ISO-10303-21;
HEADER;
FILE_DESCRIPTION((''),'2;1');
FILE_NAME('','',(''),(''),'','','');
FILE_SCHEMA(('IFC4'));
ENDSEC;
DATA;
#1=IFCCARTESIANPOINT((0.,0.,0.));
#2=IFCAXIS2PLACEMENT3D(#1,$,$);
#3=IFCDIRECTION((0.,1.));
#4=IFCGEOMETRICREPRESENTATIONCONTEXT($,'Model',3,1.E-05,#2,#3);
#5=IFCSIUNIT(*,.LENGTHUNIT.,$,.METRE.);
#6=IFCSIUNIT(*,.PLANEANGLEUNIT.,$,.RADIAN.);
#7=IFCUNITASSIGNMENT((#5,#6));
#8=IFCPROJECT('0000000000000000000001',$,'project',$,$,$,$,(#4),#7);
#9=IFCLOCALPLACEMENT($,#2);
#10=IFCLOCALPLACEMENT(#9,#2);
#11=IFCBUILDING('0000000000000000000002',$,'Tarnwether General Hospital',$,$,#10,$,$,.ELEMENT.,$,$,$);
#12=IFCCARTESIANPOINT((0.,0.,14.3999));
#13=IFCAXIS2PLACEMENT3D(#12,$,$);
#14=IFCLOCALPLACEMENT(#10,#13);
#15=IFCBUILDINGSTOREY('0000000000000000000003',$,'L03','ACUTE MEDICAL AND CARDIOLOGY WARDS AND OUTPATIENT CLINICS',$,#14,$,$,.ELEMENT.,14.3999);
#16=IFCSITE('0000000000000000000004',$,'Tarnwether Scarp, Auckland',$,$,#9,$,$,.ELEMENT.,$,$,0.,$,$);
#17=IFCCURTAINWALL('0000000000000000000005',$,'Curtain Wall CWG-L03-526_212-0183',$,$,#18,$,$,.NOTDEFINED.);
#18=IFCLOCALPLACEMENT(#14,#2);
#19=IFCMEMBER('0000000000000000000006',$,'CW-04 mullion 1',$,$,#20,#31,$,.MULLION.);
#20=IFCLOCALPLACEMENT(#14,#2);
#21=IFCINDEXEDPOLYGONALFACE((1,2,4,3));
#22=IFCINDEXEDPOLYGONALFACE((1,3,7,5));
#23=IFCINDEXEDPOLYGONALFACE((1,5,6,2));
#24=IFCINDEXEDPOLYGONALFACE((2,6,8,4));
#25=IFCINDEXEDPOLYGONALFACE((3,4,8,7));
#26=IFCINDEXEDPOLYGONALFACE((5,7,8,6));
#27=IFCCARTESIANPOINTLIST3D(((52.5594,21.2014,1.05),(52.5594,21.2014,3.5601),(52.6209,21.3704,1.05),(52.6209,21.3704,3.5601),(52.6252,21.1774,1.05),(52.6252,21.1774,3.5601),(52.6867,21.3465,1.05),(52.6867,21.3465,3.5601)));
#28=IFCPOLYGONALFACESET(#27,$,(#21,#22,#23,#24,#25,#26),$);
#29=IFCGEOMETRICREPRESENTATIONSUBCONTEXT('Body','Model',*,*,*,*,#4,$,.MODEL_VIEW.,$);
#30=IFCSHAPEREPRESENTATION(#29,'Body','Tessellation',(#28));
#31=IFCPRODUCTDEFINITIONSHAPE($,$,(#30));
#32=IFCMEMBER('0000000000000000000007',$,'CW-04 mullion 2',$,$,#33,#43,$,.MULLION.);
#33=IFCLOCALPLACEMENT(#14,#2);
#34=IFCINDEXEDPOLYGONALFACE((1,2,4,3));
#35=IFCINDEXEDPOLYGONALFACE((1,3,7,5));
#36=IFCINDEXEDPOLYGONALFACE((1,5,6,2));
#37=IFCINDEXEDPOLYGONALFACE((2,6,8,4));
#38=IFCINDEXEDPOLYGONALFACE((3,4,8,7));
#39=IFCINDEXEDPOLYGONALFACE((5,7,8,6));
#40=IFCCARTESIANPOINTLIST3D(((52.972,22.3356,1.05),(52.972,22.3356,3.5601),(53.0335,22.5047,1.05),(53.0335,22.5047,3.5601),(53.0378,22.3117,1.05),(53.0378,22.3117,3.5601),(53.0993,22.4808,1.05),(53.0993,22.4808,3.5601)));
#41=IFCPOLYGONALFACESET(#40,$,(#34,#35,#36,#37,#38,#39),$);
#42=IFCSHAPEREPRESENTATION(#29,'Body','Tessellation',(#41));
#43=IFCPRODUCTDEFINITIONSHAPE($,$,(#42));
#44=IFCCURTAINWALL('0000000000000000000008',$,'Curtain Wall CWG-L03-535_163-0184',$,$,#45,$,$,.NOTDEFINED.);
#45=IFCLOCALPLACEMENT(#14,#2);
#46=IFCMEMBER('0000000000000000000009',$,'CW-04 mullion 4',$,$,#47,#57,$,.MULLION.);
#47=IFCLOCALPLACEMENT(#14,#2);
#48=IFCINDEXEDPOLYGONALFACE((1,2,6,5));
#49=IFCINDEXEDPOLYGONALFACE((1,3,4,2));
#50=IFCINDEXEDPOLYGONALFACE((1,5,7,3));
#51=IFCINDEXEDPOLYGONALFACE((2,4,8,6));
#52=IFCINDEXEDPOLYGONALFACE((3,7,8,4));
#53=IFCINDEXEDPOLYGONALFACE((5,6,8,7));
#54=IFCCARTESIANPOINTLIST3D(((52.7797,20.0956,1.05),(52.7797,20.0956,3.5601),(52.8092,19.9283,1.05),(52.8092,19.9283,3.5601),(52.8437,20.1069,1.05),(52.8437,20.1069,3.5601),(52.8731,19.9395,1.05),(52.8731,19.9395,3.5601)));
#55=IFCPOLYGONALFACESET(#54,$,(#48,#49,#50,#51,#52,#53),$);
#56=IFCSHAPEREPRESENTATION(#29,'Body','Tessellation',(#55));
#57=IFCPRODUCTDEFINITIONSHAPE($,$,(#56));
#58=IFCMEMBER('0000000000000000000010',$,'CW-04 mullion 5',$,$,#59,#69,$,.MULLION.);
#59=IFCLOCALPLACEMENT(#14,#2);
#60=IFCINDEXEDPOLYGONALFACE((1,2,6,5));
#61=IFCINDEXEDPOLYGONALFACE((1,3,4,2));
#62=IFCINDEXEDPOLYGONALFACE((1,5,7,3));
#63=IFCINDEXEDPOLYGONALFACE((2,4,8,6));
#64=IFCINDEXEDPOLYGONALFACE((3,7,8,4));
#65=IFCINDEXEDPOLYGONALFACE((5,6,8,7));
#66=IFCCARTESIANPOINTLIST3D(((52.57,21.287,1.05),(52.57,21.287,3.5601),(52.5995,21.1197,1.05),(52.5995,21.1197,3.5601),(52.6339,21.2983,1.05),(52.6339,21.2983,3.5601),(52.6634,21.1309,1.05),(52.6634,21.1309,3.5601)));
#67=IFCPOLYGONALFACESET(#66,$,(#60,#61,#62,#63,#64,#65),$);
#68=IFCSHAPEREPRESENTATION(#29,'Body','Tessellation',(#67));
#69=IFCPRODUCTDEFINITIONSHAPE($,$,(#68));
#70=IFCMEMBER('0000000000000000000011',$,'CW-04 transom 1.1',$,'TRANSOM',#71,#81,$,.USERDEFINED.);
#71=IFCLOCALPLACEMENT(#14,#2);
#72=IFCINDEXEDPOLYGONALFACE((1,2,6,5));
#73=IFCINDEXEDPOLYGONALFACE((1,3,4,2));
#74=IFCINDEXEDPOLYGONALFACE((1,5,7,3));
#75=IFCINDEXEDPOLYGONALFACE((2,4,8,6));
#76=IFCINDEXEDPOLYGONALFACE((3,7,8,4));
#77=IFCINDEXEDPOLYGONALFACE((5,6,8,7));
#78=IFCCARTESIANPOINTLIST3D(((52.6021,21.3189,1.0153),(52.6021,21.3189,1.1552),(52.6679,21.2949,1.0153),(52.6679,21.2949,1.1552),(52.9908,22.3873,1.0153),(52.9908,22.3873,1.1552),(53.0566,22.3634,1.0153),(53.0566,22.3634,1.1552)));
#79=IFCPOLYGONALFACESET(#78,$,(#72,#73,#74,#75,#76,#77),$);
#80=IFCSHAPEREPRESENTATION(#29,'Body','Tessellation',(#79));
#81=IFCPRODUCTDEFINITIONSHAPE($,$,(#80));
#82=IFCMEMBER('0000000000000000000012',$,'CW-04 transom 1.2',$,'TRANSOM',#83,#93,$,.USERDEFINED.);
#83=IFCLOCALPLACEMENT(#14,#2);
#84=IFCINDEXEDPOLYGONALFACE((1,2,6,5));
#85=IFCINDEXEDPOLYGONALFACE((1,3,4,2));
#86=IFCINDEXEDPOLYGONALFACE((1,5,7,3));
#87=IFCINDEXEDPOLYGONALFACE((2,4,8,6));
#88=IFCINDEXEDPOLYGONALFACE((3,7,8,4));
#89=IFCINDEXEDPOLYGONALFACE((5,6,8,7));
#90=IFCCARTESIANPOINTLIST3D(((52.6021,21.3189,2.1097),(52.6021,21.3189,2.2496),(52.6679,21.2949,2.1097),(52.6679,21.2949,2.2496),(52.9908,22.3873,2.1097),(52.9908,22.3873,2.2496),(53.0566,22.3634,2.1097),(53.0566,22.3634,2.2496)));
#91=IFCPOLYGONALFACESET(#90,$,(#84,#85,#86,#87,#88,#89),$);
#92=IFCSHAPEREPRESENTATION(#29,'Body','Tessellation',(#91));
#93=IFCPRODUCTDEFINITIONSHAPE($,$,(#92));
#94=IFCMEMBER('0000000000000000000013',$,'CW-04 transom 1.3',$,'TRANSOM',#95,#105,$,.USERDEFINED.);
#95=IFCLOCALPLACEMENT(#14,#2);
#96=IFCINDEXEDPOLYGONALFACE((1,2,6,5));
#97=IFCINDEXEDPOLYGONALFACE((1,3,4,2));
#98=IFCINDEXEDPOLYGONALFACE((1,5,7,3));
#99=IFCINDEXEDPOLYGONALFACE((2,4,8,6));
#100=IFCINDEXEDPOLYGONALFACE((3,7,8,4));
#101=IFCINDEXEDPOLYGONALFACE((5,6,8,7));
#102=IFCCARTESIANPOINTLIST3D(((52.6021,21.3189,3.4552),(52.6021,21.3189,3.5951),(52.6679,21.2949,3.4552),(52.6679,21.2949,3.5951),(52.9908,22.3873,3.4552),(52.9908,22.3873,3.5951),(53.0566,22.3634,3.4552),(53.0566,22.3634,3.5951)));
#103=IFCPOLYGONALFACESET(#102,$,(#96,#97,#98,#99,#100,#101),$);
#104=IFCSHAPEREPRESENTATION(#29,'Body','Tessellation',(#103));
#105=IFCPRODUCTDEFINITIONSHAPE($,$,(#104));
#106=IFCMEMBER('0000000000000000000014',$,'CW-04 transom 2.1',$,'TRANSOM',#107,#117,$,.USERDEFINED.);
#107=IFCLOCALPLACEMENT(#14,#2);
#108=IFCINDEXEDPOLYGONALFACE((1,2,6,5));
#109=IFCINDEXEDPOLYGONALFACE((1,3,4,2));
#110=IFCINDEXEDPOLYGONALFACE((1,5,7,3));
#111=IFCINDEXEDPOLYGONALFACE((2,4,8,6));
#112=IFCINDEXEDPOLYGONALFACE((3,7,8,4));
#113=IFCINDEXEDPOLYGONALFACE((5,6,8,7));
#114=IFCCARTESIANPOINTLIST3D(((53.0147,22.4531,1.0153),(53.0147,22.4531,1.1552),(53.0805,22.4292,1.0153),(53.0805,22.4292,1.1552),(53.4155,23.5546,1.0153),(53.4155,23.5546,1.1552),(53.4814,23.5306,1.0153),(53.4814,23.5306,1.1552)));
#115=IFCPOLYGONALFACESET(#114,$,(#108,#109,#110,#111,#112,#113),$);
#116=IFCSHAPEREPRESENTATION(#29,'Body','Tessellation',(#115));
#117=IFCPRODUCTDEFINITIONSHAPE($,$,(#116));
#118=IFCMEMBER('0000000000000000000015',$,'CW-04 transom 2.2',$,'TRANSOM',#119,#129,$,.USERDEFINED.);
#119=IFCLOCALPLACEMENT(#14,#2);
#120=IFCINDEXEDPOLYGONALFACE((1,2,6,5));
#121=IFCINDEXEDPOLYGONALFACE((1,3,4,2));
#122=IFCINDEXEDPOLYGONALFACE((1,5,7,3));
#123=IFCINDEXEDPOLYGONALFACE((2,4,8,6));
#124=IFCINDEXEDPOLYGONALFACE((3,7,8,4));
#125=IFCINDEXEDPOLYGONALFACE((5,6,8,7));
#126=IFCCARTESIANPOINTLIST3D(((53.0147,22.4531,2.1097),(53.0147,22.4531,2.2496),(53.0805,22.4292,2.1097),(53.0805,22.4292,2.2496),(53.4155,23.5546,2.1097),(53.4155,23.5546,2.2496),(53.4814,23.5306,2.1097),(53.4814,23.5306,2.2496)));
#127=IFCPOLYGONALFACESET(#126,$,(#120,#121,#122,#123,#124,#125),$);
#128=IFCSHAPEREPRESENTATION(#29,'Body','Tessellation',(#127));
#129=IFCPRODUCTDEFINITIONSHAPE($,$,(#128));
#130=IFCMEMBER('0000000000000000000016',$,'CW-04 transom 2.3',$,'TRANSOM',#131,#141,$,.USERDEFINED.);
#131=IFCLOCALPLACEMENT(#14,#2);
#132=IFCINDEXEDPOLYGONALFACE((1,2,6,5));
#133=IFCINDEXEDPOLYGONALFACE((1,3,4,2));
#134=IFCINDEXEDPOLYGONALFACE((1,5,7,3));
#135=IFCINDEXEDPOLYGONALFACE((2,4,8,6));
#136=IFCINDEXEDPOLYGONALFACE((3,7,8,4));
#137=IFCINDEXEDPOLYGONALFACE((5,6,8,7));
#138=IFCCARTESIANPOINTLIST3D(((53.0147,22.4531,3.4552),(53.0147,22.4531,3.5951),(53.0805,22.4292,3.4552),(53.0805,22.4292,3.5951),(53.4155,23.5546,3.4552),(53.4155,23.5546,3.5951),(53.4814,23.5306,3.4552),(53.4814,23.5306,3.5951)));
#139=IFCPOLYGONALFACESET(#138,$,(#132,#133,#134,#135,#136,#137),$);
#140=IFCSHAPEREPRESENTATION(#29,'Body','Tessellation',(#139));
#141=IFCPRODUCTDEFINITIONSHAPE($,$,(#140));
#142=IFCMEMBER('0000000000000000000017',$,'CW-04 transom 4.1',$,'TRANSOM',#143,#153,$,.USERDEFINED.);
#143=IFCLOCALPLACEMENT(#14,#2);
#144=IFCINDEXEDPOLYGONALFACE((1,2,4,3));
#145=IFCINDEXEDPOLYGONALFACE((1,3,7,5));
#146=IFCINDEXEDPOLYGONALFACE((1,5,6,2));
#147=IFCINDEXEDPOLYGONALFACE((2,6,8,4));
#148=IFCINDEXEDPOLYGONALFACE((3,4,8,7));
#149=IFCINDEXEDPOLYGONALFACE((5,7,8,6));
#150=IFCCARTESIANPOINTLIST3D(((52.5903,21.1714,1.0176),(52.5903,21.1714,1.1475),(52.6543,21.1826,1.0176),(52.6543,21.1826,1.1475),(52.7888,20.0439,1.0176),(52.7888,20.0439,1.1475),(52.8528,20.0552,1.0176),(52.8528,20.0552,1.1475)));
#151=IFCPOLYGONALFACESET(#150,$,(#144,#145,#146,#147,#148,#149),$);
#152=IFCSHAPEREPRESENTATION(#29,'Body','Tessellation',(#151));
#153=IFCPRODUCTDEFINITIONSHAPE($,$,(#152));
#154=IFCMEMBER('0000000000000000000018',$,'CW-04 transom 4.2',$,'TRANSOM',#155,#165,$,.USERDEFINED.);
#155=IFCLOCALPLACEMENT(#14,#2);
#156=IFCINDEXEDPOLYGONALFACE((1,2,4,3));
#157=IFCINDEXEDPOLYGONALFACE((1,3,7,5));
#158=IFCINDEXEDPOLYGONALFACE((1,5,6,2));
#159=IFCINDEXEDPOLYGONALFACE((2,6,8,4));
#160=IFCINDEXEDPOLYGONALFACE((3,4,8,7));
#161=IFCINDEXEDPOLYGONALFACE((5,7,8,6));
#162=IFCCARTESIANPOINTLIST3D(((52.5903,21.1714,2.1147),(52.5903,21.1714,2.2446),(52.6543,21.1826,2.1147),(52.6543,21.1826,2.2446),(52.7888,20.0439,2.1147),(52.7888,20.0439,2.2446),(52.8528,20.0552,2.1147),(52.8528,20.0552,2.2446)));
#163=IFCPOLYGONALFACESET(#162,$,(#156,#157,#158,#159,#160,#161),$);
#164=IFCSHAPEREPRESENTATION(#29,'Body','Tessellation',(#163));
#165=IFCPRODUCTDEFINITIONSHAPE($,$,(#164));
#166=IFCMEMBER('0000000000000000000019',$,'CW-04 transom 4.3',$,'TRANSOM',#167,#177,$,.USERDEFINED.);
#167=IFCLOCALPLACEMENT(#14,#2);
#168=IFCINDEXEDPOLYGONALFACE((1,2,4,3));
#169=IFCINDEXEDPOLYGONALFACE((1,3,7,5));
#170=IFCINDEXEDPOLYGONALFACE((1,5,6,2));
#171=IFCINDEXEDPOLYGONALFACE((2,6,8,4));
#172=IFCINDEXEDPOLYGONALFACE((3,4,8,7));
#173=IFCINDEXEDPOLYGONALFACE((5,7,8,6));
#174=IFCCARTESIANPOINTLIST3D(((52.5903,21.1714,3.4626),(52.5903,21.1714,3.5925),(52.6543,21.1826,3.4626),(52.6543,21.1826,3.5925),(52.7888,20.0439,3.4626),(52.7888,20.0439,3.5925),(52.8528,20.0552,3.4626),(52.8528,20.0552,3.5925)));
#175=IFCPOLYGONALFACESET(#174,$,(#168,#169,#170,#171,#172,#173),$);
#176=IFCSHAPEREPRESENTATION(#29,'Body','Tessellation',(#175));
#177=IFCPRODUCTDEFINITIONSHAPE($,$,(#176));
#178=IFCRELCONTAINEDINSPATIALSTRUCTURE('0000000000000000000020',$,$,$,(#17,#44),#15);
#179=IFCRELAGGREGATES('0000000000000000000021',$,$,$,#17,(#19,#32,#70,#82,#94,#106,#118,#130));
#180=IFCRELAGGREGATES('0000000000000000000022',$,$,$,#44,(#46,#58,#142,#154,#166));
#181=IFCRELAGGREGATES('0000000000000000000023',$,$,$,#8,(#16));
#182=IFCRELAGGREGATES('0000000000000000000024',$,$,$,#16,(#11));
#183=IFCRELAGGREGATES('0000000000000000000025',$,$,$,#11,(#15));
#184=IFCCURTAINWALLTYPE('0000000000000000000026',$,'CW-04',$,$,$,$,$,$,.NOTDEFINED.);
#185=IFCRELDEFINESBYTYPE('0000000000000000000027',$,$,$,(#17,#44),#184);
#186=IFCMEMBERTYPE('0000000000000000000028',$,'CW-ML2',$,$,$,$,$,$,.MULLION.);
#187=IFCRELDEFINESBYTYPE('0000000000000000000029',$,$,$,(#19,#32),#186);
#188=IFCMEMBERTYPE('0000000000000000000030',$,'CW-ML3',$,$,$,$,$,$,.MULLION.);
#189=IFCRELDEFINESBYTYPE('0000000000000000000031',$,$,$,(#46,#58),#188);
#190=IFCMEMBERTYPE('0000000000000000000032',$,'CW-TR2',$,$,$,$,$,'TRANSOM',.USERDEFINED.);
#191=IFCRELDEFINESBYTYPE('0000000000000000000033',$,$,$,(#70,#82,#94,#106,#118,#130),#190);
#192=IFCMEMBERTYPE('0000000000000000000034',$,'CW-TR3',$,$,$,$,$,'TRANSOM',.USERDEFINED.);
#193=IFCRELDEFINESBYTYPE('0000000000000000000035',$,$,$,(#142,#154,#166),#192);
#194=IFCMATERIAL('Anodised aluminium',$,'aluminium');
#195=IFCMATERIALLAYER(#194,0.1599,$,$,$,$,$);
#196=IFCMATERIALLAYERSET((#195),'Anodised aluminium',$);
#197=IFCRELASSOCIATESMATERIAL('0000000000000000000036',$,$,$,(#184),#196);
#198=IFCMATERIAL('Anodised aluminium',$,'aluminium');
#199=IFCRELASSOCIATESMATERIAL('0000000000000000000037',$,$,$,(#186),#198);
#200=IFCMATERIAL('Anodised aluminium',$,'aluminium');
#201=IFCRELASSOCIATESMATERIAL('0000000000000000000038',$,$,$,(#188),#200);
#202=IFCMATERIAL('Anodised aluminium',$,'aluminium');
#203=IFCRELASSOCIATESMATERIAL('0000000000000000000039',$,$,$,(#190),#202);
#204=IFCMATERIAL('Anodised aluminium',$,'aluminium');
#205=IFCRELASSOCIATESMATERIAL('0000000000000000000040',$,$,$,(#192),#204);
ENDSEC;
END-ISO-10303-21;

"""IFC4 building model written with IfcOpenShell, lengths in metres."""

from ifc_helpers import new_model, si_unit, direction, frame, origin, origin_2d, place, context, subcontext, project, spatial, rectangle, extrude, material, layer, layer_set, material_profile, profile_set, type_object, element, aggregate, save


model = new_model("IFC4")

# Units and contexts
model_context = context("Model", 3, precision=1e-05, world=origin(), true_north=direction((0.0, 1.0)))
body_context = subcontext(model_context, "Body", "Model", "MODEL_VIEW")
ifc_project = project(units=[si_unit("LENGTHUNIT", "METRE"), si_unit("PLANEANGLEUNIT", "RADIAN")], contexts=[model_context])

# Site, building, storey
site_placement = place(None, origin())
site = spatial("IfcSite", under=ifc_project, at=site_placement, Name="Tarnwether Scarp, Auckland", CompositionType="ELEMENT", RefElevation=0.0)
building_placement = place(site_placement, origin())
building = spatial("IfcBuilding", under=site, at=building_placement, Name="Tarnwether General Hospital", CompositionType="ELEMENT")
storey_placement = place(building_placement, frame((0.0, 0.0, 14.3999)))
storey = spatial("IfcBuildingStorey", under=building, at=storey_placement, Name="L03", Description="ACUTE MEDICAL AND CARDIOLOGY WARDS AND OUTPATIENT CLINICS", CompositionType="ELEMENT", Elevation=14.3999)

# Curtain walls, members
ifc_material_1 = material(Name="Anodised aluminium", Category="aluminium")
ifc_layer_1 = layer(ifc_material_1, 0.1599)
ifc_layer_set_1 = layer_set([ifc_layer_1], Name="Anodised aluminium")
curtain_wall_type = type_object("IfcCurtainWallType", Name="CW-04", PredefinedType="NOTDEFINED", material=ifc_layer_set_1)
curtain_wall_1_placement = place(storey_placement, origin())
curtain_wall_1 = element("IfcCurtainWall", 1, at=curtain_wall_1_placement, inside=storey, type_object=curtain_wall_type, Name="Curtain Wall CWG-L03-526_212-0183", PredefinedType="NOTDEFINED")
ifc_material_2 = material(Name="Anodised aluminium", Category="aluminium")
ifc_material_profile_1 = material_profile(ifc_material_2, rectangle(XDim=0.0701, YDim=0.1799, at=origin_2d()), Name="ALU-MUL-70x180")
ifc_profile_set_1 = profile_set([ifc_material_profile_1], Name="Anodised aluminium")
member_type_1 = type_object("IfcMemberType", Name="CW-ML2", PredefinedType="MULLION", material=ifc_profile_set_1)
member_1_placement = place(storey_placement, frame((52.623, 21.2739, 1.05), z_axis=(0.0, 0.0, 1.0), x_axis=(-0.939717, 0.341953, 0.0)))
member_1 = element("IfcMember", 2, at=member_1_placement, type_object=member_type_1, Name="CW-04 mullion 1", PredefinedType="MULLION", context=body_context, shape_type="SweptSolid", body=[
    extrude(rectangle(XDim=0.0701, YDim=0.1799, at=origin_2d()), origin(), (0.0, 0.0, 1.0), 2.51),
])
member_2_placement = place(storey_placement, frame((53.0356, 22.4082, 1.05), z_axis=(0.0, 0.0, 1.0), x_axis=(-0.939717, 0.341953, 0.0)))
member_2 = element("IfcMember", 3, at=member_2_placement, type_object=member_type_1, Name="CW-04 mullion 2", PredefinedType="MULLION", context=body_context, shape_type="SweptSolid", body=[
    extrude(rectangle(XDim=0.0701, YDim=0.1799, at=origin_2d()), origin(), (0.0, 0.0, 1.0), 2.51),
])
curtain_wall_2_placement = place(storey_placement, origin())
curtain_wall_2 = element("IfcCurtainWall", 4, at=curtain_wall_2_placement, inside=storey, type_object=curtain_wall_type, Name="Curtain Wall CWG-L03-535_163-0184", PredefinedType="NOTDEFINED")
ifc_material_3 = material(Name="Anodised aluminium", Category="aluminium")
ifc_material_profile_2 = material_profile(ifc_material_3, rectangle(XDim=0.0649, YDim=0.1699, at=origin_2d()), Name="ALU-MUL-65x170")
ifc_profile_set_2 = profile_set([ifc_material_profile_2], Name="Anodised aluminium")
member_type_2 = type_object("IfcMemberType", Name="CW-ML3", PredefinedType="MULLION", material=ifc_profile_set_2)
member_3_placement = place(storey_placement, frame((52.8264, 20.0176, 1.05), z_axis=(0.0, 0.0, 1.0), x_axis=(-0.98484, -0.173464, 0.0)))
member_3 = element("IfcMember", 5, at=member_3_placement, type_object=member_type_2, Name="CW-04 mullion 4", PredefinedType="MULLION", context=body_context, shape_type="SweptSolid", body=[
    extrude(rectangle(XDim=0.0649, YDim=0.1699, at=origin_2d()), origin(), (0.0, 0.0, 1.0), 2.51),
])
member_4_placement = place(storey_placement, frame((52.6167, 21.209, 1.05), z_axis=(0.0, 0.0, 1.0), x_axis=(-0.98484, -0.173464, 0.0)))
member_4 = element("IfcMember", 6, at=member_4_placement, type_object=member_type_2, Name="CW-04 mullion 5", PredefinedType="MULLION", context=body_context, shape_type="SweptSolid", body=[
    extrude(rectangle(XDim=0.0649, YDim=0.1699, at=origin_2d()), origin(), (0.0, 0.0, 1.0), 2.51),
])

# Members
ifc_material_4 = material(Name="Anodised aluminium", Category="aluminium")
ifc_material_profile_3 = material_profile(ifc_material_4, rectangle(XDim=0.0701, YDim=0.1399, at=origin_2d()), Name="ALU-TRN-70x140")
ifc_profile_set_3 = profile_set([ifc_material_profile_3], Name="Anodised aluminium")
member_type_3 = type_object("IfcMemberType", Name="CW-TR2", ElementType="TRANSOM", PredefinedType="USERDEFINED", material=ifc_profile_set_3)
member_5_placement = place(storey_placement, frame((52.635, 21.3069, 1.0852), z_axis=(0.341881, 0.939743, 0.0), x_axis=(-0.939743, 0.341881, 0.0)))
member_5 = element("IfcMember", 7, at=member_5_placement, type_object=member_type_3, Name="CW-04 transom 1.1", ObjectType="TRANSOM", PredefinedType="USERDEFINED", context=body_context, shape_type="SweptSolid", body=[
    extrude(rectangle(XDim=0.0701, YDim=0.1399, at=origin_2d()), origin(), (0.0, 0.0, 1.0), 1.137),
])
member_6_placement = place(storey_placement, frame((52.635, 21.3069, 2.1797), z_axis=(0.341881, 0.939743, 0.0), x_axis=(-0.939743, 0.341881, 0.0)))
member_6 = element("IfcMember", 8, at=member_6_placement, type_object=member_type_3, Name="CW-04 transom 1.2", ObjectType="TRANSOM", PredefinedType="USERDEFINED", context=body_context, shape_type="SweptSolid", body=[
    extrude(rectangle(XDim=0.0701, YDim=0.1399, at=origin_2d()), origin(), (0.0, 0.0, 1.0), 1.137),
])
member_7_placement = place(storey_placement, frame((52.635, 21.3069, 3.5251), z_axis=(0.341881, 0.939743, 0.0), x_axis=(-0.939743, 0.341881, 0.0)))
member_7 = element("IfcMember", 9, at=member_7_placement, type_object=member_type_3, Name="CW-04 transom 1.3", ObjectType="TRANSOM", PredefinedType="USERDEFINED", context=body_context, shape_type="SweptSolid", body=[
    extrude(rectangle(XDim=0.0701, YDim=0.1399, at=origin_2d()), origin(), (0.0, 0.0, 1.0), 1.137),
])
member_8_placement = place(storey_placement, frame((53.0476, 22.4412, 1.0852), z_axis=(0.341977, 0.939708, 0.0), x_axis=(-0.939708, 0.341977, 0.0)))
member_8 = element("IfcMember", 10, at=member_8_placement, type_object=member_type_3, Name="CW-04 transom 2.1", ObjectType="TRANSOM", PredefinedType="USERDEFINED", context=body_context, shape_type="SweptSolid", body=[
    extrude(rectangle(XDim=0.0701, YDim=0.1399, at=origin_2d()), origin(), (0.0, 0.0, 1.0), 1.1721),
])
member_9_placement = place(storey_placement, frame((53.0476, 22.4412, 2.1797), z_axis=(0.341977, 0.939708, 0.0), x_axis=(-0.939708, 0.341977, 0.0)))
member_9 = element("IfcMember", 11, at=member_9_placement, type_object=member_type_3, Name="CW-04 transom 2.2", ObjectType="TRANSOM", PredefinedType="USERDEFINED", context=body_context, shape_type="SweptSolid", body=[
    extrude(rectangle(XDim=0.0701, YDim=0.1399, at=origin_2d()), origin(), (0.0, 0.0, 1.0), 1.1721),
])
member_10_placement = place(storey_placement, frame((53.0476, 22.4412, 3.5251), z_axis=(0.341977, 0.939708, 0.0), x_axis=(-0.939708, 0.341977, 0.0)))
member_10 = element("IfcMember", 12, at=member_10_placement, type_object=member_type_3, Name="CW-04 transom 2.3", ObjectType="TRANSOM", PredefinedType="USERDEFINED", context=body_context, shape_type="SweptSolid", body=[
    extrude(rectangle(XDim=0.0701, YDim=0.1399, at=origin_2d()), origin(), (0.0, 0.0, 1.0), 1.1721),
])
ifc_material_5 = material(Name="Anodised aluminium", Category="aluminium")
ifc_material_profile_4 = material_profile(ifc_material_5, rectangle(XDim=0.0649, YDim=0.1299, at=origin_2d()), Name="ALU-TRN-65x130")
ifc_profile_set_4 = profile_set([ifc_material_profile_4], Name="Anodised aluminium")
member_type_4 = type_object("IfcMemberType", Name="CW-TR3", ElementType="TRANSOM", PredefinedType="USERDEFINED", material=ifc_profile_set_4)
member_11_placement = place(storey_placement, frame((52.8208, 20.0496, 1.0825), z_axis=(-0.173384, 0.984854, 0.0), x_axis=(-0.984854, -0.173384, 0.0)))
member_11 = element("IfcMember", 13, at=member_11_placement, type_object=member_type_4, Name="CW-04 transom 4.1", ObjectType="TRANSOM", PredefinedType="USERDEFINED", context=body_context, shape_type="SweptSolid", body=[
    extrude(rectangle(XDim=0.0649, YDim=0.1299, at=origin_2d()), origin(), (0.0, 0.0, 1.0), 1.1448),
])
member_12_placement = place(storey_placement, frame((52.8208, 20.0496, 2.1797), z_axis=(-0.173384, 0.984854, 0.0), x_axis=(-0.984854, -0.173384, 0.0)))
member_12 = element("IfcMember", 14, at=member_12_placement, type_object=member_type_4, Name="CW-04 transom 4.2", ObjectType="TRANSOM", PredefinedType="USERDEFINED", context=body_context, shape_type="SweptSolid", body=[
    extrude(rectangle(XDim=0.0649, YDim=0.1299, at=origin_2d()), origin(), (0.0, 0.0, 1.0), 1.1448),
])
member_13_placement = place(storey_placement, frame((52.8208, 20.0496, 3.5276), z_axis=(-0.173384, 0.984854, 0.0), x_axis=(-0.984854, -0.173384, 0.0)))
member_13 = element("IfcMember", 15, at=member_13_placement, type_object=member_type_4, Name="CW-04 transom 4.3", ObjectType="TRANSOM", PredefinedType="USERDEFINED", context=body_context, shape_type="SweptSolid", body=[
    extrude(rectangle(XDim=0.0649, YDim=0.1299, at=origin_2d()), origin(), (0.0, 0.0, 1.0), 1.1448),
])

aggregate(curtain_wall_1, [member_1, member_2, member_5, member_6, member_7, member_8, member_9, member_10])
aggregate(curtain_wall_2, [member_3, member_4, member_11, member_12, member_13])

save(model, "model.ifc")
